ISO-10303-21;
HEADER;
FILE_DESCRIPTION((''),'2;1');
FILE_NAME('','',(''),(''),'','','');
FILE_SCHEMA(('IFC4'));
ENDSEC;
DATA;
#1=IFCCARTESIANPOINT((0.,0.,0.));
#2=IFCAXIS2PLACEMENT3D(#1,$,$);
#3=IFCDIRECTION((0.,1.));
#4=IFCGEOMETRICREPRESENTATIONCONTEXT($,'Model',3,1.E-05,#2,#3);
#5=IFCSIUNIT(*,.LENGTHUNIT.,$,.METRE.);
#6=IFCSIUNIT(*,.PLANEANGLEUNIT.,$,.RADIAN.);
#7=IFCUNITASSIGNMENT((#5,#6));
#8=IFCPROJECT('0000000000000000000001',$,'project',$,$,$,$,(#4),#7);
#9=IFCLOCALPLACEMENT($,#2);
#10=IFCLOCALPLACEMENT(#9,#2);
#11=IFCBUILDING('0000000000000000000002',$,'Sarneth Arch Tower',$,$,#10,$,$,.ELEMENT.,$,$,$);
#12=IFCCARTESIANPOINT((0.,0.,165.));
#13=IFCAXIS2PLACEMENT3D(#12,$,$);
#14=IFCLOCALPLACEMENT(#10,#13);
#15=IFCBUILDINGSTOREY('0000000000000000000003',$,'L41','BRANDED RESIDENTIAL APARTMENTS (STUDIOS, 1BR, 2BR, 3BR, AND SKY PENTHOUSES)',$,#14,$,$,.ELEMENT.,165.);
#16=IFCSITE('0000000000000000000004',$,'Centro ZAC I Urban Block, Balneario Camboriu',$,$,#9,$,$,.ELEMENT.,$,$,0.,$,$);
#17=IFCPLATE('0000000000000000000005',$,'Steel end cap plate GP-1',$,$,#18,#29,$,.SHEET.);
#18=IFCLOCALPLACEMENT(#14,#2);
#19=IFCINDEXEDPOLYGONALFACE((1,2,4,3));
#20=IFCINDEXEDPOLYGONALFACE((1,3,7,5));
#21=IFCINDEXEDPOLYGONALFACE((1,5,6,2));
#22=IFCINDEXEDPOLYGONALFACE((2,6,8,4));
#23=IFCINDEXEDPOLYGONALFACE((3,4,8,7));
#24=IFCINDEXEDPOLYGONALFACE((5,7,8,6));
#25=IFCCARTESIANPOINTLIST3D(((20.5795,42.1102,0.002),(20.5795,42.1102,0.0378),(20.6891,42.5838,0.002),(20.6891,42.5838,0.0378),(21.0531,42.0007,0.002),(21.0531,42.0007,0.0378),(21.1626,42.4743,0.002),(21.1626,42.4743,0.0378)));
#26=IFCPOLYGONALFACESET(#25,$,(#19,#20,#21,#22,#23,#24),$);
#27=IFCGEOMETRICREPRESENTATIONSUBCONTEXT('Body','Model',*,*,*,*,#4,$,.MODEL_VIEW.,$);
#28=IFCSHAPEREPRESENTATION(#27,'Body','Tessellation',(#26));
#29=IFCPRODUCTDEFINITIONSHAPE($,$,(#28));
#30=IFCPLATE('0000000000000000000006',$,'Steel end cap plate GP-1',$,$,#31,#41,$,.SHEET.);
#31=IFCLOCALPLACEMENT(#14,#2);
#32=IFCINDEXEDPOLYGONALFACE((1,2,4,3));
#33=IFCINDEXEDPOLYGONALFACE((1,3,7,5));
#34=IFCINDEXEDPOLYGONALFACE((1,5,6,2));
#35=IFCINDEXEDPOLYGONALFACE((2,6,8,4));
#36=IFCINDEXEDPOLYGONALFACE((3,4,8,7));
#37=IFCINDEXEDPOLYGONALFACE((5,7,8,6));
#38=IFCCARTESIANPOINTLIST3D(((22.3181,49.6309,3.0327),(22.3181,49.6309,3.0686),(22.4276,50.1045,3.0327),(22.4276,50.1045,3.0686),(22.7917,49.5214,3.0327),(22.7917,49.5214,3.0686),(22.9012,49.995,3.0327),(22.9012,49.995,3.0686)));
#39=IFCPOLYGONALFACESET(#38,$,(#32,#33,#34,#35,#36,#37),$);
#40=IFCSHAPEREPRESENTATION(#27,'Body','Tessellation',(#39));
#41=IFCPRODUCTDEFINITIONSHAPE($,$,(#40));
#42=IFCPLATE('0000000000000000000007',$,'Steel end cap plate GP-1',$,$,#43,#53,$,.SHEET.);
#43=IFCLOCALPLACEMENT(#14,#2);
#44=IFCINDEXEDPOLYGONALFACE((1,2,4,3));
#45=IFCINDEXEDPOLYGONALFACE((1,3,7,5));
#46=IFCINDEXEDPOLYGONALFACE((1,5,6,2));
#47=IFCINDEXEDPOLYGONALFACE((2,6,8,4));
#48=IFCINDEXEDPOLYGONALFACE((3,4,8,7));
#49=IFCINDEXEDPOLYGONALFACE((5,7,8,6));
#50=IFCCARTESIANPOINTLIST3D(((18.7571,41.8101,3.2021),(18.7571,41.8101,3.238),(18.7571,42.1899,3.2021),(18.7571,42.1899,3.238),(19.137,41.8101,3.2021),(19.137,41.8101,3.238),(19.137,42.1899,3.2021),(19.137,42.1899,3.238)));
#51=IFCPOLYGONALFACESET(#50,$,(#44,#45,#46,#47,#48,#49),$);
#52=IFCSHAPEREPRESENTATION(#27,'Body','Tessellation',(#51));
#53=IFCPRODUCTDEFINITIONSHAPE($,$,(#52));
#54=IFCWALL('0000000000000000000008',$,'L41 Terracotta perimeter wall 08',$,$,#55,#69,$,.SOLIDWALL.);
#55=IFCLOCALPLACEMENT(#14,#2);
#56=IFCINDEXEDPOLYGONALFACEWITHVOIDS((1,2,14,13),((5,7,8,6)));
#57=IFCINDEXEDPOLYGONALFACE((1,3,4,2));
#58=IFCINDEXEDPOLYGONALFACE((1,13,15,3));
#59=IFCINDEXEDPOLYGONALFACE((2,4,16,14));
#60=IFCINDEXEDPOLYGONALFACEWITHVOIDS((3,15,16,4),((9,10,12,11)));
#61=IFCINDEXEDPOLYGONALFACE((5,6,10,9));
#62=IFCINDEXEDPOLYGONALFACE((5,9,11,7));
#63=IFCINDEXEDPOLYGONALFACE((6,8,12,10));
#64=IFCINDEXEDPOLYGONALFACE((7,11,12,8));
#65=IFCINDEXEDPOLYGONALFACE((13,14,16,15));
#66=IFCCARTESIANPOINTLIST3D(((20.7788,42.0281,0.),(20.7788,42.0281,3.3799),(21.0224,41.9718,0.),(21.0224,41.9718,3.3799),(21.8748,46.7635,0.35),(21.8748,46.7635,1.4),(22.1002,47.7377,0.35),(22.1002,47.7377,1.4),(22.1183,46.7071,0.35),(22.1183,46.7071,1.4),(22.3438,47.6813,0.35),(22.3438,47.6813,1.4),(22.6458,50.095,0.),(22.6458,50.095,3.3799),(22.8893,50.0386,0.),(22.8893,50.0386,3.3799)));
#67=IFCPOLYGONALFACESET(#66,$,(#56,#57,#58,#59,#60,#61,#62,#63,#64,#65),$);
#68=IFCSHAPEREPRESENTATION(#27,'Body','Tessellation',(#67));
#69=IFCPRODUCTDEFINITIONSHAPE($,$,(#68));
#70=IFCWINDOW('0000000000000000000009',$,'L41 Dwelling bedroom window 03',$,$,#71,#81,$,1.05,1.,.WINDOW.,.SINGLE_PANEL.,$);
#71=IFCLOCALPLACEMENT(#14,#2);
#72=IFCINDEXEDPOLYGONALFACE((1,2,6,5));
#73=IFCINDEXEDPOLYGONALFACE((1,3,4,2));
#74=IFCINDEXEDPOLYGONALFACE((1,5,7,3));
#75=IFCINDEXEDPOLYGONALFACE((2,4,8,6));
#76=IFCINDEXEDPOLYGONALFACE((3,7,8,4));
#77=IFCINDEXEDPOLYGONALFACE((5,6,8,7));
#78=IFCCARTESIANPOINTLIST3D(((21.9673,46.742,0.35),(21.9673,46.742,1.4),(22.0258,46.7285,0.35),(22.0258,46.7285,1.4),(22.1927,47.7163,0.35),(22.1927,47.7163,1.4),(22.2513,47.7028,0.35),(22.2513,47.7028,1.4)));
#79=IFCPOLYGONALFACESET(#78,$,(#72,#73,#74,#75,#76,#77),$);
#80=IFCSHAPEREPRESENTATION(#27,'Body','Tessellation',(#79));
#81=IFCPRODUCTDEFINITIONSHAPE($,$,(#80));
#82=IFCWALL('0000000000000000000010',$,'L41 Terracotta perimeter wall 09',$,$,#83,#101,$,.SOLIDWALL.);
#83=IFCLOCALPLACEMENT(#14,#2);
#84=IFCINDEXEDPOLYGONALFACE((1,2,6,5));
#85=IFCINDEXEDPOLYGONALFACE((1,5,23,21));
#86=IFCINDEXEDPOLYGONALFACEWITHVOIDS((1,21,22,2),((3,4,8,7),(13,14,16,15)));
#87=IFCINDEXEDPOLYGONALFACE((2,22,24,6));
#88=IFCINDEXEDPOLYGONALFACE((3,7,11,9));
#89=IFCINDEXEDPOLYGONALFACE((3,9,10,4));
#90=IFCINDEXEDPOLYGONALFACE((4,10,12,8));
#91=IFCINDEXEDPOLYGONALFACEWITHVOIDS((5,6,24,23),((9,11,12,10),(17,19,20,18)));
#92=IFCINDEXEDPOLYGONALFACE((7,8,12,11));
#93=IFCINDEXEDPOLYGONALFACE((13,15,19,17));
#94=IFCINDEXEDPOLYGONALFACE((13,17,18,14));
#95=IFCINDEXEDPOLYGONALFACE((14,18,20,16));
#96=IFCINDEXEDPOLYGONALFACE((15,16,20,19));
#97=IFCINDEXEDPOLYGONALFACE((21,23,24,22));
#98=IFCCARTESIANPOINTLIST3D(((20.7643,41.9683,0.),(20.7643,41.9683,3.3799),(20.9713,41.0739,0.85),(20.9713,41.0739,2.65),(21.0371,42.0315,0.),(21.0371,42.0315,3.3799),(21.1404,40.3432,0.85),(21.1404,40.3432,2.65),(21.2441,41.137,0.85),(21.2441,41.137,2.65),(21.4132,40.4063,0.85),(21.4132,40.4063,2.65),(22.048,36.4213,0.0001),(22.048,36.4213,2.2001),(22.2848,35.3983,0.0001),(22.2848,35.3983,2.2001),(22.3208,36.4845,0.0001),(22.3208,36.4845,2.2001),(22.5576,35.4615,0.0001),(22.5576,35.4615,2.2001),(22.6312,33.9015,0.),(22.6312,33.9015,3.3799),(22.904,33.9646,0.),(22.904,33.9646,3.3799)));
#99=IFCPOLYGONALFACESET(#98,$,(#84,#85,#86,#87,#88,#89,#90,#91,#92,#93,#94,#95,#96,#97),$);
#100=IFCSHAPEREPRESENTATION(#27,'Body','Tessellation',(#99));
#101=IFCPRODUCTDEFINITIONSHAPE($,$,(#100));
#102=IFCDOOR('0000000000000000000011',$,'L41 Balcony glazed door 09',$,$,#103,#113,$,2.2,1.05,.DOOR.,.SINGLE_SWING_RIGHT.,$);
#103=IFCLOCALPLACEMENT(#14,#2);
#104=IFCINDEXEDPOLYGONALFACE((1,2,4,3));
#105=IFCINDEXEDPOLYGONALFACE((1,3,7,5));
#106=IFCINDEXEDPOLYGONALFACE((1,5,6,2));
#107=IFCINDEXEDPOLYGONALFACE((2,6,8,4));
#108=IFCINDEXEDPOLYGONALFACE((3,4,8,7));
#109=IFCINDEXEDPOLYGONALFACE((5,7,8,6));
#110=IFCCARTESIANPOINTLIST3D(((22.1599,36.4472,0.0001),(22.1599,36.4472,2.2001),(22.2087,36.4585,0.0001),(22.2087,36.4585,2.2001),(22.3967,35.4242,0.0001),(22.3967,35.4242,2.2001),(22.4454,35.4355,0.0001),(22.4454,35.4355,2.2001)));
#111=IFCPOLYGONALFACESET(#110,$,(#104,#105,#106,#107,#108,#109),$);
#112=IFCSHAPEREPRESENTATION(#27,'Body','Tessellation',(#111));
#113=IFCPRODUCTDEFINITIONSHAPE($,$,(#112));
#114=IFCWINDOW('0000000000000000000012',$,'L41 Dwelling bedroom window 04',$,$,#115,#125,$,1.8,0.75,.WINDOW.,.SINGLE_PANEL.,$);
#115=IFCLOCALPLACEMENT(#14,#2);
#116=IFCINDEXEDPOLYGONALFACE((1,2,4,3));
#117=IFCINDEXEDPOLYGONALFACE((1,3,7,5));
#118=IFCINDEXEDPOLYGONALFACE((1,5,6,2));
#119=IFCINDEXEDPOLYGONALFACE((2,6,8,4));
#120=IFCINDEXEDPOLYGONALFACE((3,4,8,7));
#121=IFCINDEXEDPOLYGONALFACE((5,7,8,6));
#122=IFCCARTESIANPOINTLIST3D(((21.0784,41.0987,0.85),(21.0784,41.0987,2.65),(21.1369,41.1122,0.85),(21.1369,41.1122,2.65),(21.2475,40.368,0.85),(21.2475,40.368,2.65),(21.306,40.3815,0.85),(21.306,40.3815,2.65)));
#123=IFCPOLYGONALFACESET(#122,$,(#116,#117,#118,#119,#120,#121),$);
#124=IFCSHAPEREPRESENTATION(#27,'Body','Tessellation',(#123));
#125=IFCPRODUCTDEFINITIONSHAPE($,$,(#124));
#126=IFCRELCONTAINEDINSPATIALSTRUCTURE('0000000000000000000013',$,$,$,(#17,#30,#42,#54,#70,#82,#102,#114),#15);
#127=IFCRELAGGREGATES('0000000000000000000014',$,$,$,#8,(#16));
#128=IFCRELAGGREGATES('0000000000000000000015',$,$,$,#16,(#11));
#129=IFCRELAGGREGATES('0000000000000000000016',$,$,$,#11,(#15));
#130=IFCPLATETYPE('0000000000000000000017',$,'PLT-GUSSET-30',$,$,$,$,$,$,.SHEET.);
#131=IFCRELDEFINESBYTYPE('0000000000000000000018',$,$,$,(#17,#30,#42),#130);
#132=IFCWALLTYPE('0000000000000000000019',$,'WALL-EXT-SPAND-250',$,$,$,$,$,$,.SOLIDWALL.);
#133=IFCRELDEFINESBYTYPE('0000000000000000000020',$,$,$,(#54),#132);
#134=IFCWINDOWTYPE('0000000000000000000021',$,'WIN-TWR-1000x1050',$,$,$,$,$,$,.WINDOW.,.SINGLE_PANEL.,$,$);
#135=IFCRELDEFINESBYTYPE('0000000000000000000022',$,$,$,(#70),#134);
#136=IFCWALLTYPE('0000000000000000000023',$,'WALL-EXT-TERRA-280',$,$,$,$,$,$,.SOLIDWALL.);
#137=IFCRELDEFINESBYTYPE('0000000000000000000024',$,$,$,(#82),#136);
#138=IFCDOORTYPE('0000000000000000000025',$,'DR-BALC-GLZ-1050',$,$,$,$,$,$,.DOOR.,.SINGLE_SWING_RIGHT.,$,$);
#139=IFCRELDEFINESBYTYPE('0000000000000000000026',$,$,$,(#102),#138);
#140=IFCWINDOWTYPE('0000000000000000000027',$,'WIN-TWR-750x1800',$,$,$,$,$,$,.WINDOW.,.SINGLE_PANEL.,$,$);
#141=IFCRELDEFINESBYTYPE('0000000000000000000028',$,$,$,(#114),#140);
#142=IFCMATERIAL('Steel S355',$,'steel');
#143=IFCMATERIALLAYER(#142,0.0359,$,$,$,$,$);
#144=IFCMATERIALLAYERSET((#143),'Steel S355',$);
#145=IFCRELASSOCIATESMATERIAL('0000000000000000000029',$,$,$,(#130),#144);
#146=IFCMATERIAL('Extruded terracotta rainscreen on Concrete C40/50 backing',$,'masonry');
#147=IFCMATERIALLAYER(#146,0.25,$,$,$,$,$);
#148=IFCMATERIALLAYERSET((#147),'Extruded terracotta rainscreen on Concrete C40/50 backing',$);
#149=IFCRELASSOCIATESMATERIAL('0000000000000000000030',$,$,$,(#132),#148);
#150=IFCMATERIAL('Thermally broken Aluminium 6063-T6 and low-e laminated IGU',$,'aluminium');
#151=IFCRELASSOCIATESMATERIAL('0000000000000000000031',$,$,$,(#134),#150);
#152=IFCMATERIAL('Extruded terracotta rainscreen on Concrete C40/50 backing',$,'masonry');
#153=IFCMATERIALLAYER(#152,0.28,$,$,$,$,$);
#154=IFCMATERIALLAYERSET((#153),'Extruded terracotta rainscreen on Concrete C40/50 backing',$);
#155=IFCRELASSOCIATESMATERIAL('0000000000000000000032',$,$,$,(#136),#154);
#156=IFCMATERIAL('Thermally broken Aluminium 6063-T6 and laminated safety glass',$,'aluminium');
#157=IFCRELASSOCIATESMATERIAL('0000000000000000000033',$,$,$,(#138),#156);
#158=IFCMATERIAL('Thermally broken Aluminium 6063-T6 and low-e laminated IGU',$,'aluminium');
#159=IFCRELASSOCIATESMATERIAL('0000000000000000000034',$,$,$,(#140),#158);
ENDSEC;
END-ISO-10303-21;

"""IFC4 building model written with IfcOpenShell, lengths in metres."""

from ifc_helpers import new_model, si_unit, direction, frame, frame_2d, origin, origin_2d, place, context, subcontext, project, spatial, rectangle, extrude, material, layer, layer_set, type_object, element, fill, save


model = new_model("IFC4")

# Units and contexts
model_context = context("Model", 3, precision=1e-05, world=origin(), true_north=direction((0.0, 1.0)))
body_context = subcontext(model_context, "Body", "Model", "MODEL_VIEW")
ifc_project = project(units=[si_unit("LENGTHUNIT", "METRE"), si_unit("PLANEANGLEUNIT", "RADIAN")], contexts=[model_context])

# Site, building, storey
site_placement = place(None, origin())
site = spatial("IfcSite", under=ifc_project, at=site_placement, Name="Centro ZAC I Urban Block, Balneario Camboriu", CompositionType="ELEMENT", RefElevation=0.0)
building_placement = place(site_placement, origin())
building = spatial("IfcBuilding", under=site, at=building_placement, Name="Sarneth Arch Tower", CompositionType="ELEMENT")
storey_placement = place(building_placement, frame((0.0, 0.0, 165.0)))
storey = spatial("IfcBuildingStorey", under=building, at=storey_placement, Name="L41", Description="BRANDED RESIDENTIAL APARTMENTS (STUDIOS, 1BR, 2BR, 3BR, AND SKY PENTHOUSES)", CompositionType="ELEMENT", Elevation=165.0)

# Plates
ifc_material_1 = material(Name="Steel S355", Category="steel")
ifc_layer_1 = layer(ifc_material_1, 0.0359)
ifc_layer_set_1 = layer_set([ifc_layer_1], Name="Steel S355")
plate_type = type_object("IfcPlateType", Name="PLT-GUSSET-30", PredefinedType="SHEET", material=ifc_layer_set_1)
for number, where, z_axis, x_axis, name in (
    (1, (20.8711, 42.2922, 0.002), (0.0, 0.0, 1.0), (-0.225291, -0.974291, 0.0), "Steel end cap plate GP-1"),
    (2, (22.6096, 49.813, 3.0327), (0.0, 0.0, 1.0), (-0.225291, -0.974291, 0.0), "Steel end cap plate GP-1"),
):
    element("IfcPlate", number, at=place(storey_placement, frame(where, z_axis=z_axis, x_axis=x_axis)), inside=storey, type_object=plate_type, Name=name, PredefinedType="SHEET", context=body_context, shape_type="SweptSolid", body=[
        extrude(rectangle(XDim=0.4861, YDim=0.4861, at=origin_2d()), origin(), (0.0, 0.0, 1.0), 0.0359),
    ])
plate_placement = place(storey_placement, frame((18.947, 42.0, 3.2021), z_axis=(0.0, 0.0, 1.0), x_axis=(-1.0, 0.0, 0.0)))
element("IfcPlate", 3, at=plate_placement, inside=storey, type_object=plate_type, Name="Steel end cap plate GP-1", PredefinedType="SHEET", context=body_context, shape_type="SweptSolid", body=[
    extrude(rectangle(XDim=0.3799, YDim=0.3799, at=origin_2d()), origin(), (0.0, 0.0, 1.0), 0.0359),
])

# Wall, opening, window
ifc_material_2 = material(Name="Extruded terracotta rainscreen on Concrete C40/50 backing", Category="masonry")
ifc_layer_2 = layer(ifc_material_2, 0.25)
ifc_layer_set_2 = layer_set([ifc_layer_2], Name="Extruded terracotta rainscreen on Concrete C40/50 backing")
wall_type_1 = type_object("IfcWallType", Name="WALL-EXT-SPAND-250", PredefinedType="SOLIDWALL", material=ifc_layer_set_2)
wall_1_placement = place(storey_placement, frame((22.7676, 50.0669, 0.0), z_axis=(0.0, 0.0, 1.0), x_axis=(-0.225473, -0.974249, 0.0)))
wall_1 = element("IfcWall", 4, at=wall_1_placement, inside=storey, type_object=wall_type_1, Name="L41 Terracotta perimeter wall 08", PredefinedType="SOLIDWALL", context=body_context, shape_type="SweptSolid", body=[
    extrude(rectangle(XDim=8.28, YDim=0.25, at=frame_2d((4.1401, 0.0))), origin(), (0.0, 0.0, 1.0), 3.3799),
])
opening_1_placement = place(wall_1_placement, frame((2.4197, 0.0, 0.3501)))
opening_1 = element("IfcOpeningElement", 5, at=opening_1_placement, cuts=wall_1, PredefinedType="OPENING", context=body_context, shape_type="SweptSolid", body=[
    extrude(rectangle(XDim=1.0, YDim=1.05, at=frame_2d((0.5, 0.5249))), frame((0.0, 0.135, 0.0), z_axis=(0.0, -1.0, 0.0), x_axis=(1.0, 0.0, 0.0)), (0.0, 0.0, 1.0), 0.27),
])
ifc_material_3 = material(Name="Thermally broken Aluminium 6063-T6 and low-e laminated IGU", Category="aluminium")
window_type_1 = type_object("IfcWindowType", Name="WIN-TWR-1000x1050", PartitioningType="SINGLE_PANEL", PredefinedType="WINDOW", material=ifc_material_3)
window_1_placement = place(opening_1_placement, origin())
window_1 = element("IfcWindow", 6, at=window_1_placement, inside=storey, type_object=window_type_1, Name="L41 Dwelling bedroom window 03", OverallHeight=1.05, OverallWidth=1.0, PartitioningType="SINGLE_PANEL", PredefinedType="WINDOW", context=body_context, shape_type="SweptSolid", body=[
    extrude(rectangle(XDim=1.0, YDim=1.05, at=frame_2d((0.5, 0.5249))), frame((0.0, 0.03, 0.0), z_axis=(0.0, -1.0, 0.0), x_axis=(1.0, 0.0, 0.0)), (0.0, 0.0, 1.0), 0.0601),
])
fill(opening_1, window_1)

# Wall, openings, door, window
ifc_material_4 = material(Name="Extruded terracotta rainscreen on Concrete C40/50 backing", Category="masonry")
ifc_layer_3 = layer(ifc_material_4, 0.28)
ifc_layer_set_3 = layer_set([ifc_layer_3], Name="Extruded terracotta rainscreen on Concrete C40/50 backing")
wall_type_2 = type_object("IfcWallType", Name="WALL-EXT-TERRA-280", PredefinedType="SOLIDWALL", material=ifc_layer_set_3)
wall_2_placement = place(storey_placement, frame((20.9006, 42.0, 0.0), z_axis=(0.0, 0.0, 1.0), x_axis=(0.225473, -0.974249, 0.0)))
wall_2 = element("IfcWall", 7, at=wall_2_placement, inside=storey, type_object=wall_type_2, Name="L41 Terracotta perimeter wall 09", PredefinedType="SOLIDWALL", context=body_context, shape_type="SweptSolid", body=[
    extrude(rectangle(XDim=8.28, YDim=0.28, at=frame_2d((4.1401, 0.0))), origin(), (0.0, 0.0, 1.0), 3.3799),
])
opening_2_placement = place(wall_2_placement, frame((5.6938, 0.0, 0.0)))
opening_2 = element("IfcOpeningElement", 8, at=opening_2_placement, cuts=wall_2, PredefinedType="OPENING", context=body_context, shape_type="SweptSolid", body=[
    extrude(rectangle(XDim=1.05, YDim=2.2, at=frame_2d((0.5249, 1.1001))), frame((0.0, 0.1499, 0.0), z_axis=(0.0, -1.0, 0.0), x_axis=(1.0, 0.0, 0.0)), (0.0, 0.0, 1.0), 0.3),
])
opening_3_placement = place(wall_2_placement, frame((0.9182, 0.0, 0.8501)))
opening_3 = element("IfcOpeningElement", 9, at=opening_3_placement, cuts=wall_2, PredefinedType="OPENING", context=body_context, shape_type="SweptSolid", body=[
    extrude(rectangle(XDim=0.75, YDim=1.8, at=frame_2d((0.375, 0.8999))), frame((0.0, 0.1499, 0.0), z_axis=(0.0, -1.0, 0.0), x_axis=(1.0, 0.0, 0.0)), (0.0, 0.0, 1.0), 0.3),
])
ifc_material_5 = material(Name="Thermally broken Aluminium 6063-T6 and laminated safety glass", Category="aluminium")
door_type_1 = type_object("IfcDoorType", Name="DR-BALC-GLZ-1050", OperationType="SINGLE_SWING_RIGHT", PredefinedType="DOOR", material=ifc_material_5)
door_1_placement = place(opening_2_placement, origin())
door_1 = element("IfcDoor", 10, at=door_1_placement, inside=storey, type_object=door_type_1, Name="L41 Balcony glazed door 09", OperationType="SINGLE_SWING_RIGHT", OverallHeight=2.2, OverallWidth=1.05, PredefinedType="DOOR", context=body_context, shape_type="SweptSolid", body=[
    extrude(rectangle(XDim=1.05, YDim=2.2, at=frame_2d((0.5249, 1.1001))), frame((0.0, 0.0249, 0.0), z_axis=(0.0, -1.0, 0.0), x_axis=(1.0, 0.0, 0.0)), (0.0, 0.0, 1.0), 0.05),
])
fill(opening_2, door_1)
ifc_material_6 = material(Name="Thermally broken Aluminium 6063-T6 and low-e laminated IGU", Category="aluminium")
window_type_2 = type_object("IfcWindowType", Name="WIN-TWR-750x1800", PartitioningType="SINGLE_PANEL", PredefinedType="WINDOW", material=ifc_material_6)
window_2_placement = place(opening_3_placement, origin())
window_2 = element("IfcWindow", 11, at=window_2_placement, inside=storey, type_object=window_type_2, Name="L41 Dwelling bedroom window 04", OverallHeight=1.8, OverallWidth=0.75, PartitioningType="SINGLE_PANEL", PredefinedType="WINDOW", context=body_context, shape_type="SweptSolid", body=[
    extrude(rectangle(XDim=0.75, YDim=1.8, at=frame_2d((0.375, 0.8999))), frame((0.0, 0.03, 0.0), z_axis=(0.0, -1.0, 0.0), x_axis=(1.0, 0.0, 0.0)), (0.0, 0.0, 1.0), 0.0601),
])
fill(opening_3, window_2)

save(model, "model.ifc")
